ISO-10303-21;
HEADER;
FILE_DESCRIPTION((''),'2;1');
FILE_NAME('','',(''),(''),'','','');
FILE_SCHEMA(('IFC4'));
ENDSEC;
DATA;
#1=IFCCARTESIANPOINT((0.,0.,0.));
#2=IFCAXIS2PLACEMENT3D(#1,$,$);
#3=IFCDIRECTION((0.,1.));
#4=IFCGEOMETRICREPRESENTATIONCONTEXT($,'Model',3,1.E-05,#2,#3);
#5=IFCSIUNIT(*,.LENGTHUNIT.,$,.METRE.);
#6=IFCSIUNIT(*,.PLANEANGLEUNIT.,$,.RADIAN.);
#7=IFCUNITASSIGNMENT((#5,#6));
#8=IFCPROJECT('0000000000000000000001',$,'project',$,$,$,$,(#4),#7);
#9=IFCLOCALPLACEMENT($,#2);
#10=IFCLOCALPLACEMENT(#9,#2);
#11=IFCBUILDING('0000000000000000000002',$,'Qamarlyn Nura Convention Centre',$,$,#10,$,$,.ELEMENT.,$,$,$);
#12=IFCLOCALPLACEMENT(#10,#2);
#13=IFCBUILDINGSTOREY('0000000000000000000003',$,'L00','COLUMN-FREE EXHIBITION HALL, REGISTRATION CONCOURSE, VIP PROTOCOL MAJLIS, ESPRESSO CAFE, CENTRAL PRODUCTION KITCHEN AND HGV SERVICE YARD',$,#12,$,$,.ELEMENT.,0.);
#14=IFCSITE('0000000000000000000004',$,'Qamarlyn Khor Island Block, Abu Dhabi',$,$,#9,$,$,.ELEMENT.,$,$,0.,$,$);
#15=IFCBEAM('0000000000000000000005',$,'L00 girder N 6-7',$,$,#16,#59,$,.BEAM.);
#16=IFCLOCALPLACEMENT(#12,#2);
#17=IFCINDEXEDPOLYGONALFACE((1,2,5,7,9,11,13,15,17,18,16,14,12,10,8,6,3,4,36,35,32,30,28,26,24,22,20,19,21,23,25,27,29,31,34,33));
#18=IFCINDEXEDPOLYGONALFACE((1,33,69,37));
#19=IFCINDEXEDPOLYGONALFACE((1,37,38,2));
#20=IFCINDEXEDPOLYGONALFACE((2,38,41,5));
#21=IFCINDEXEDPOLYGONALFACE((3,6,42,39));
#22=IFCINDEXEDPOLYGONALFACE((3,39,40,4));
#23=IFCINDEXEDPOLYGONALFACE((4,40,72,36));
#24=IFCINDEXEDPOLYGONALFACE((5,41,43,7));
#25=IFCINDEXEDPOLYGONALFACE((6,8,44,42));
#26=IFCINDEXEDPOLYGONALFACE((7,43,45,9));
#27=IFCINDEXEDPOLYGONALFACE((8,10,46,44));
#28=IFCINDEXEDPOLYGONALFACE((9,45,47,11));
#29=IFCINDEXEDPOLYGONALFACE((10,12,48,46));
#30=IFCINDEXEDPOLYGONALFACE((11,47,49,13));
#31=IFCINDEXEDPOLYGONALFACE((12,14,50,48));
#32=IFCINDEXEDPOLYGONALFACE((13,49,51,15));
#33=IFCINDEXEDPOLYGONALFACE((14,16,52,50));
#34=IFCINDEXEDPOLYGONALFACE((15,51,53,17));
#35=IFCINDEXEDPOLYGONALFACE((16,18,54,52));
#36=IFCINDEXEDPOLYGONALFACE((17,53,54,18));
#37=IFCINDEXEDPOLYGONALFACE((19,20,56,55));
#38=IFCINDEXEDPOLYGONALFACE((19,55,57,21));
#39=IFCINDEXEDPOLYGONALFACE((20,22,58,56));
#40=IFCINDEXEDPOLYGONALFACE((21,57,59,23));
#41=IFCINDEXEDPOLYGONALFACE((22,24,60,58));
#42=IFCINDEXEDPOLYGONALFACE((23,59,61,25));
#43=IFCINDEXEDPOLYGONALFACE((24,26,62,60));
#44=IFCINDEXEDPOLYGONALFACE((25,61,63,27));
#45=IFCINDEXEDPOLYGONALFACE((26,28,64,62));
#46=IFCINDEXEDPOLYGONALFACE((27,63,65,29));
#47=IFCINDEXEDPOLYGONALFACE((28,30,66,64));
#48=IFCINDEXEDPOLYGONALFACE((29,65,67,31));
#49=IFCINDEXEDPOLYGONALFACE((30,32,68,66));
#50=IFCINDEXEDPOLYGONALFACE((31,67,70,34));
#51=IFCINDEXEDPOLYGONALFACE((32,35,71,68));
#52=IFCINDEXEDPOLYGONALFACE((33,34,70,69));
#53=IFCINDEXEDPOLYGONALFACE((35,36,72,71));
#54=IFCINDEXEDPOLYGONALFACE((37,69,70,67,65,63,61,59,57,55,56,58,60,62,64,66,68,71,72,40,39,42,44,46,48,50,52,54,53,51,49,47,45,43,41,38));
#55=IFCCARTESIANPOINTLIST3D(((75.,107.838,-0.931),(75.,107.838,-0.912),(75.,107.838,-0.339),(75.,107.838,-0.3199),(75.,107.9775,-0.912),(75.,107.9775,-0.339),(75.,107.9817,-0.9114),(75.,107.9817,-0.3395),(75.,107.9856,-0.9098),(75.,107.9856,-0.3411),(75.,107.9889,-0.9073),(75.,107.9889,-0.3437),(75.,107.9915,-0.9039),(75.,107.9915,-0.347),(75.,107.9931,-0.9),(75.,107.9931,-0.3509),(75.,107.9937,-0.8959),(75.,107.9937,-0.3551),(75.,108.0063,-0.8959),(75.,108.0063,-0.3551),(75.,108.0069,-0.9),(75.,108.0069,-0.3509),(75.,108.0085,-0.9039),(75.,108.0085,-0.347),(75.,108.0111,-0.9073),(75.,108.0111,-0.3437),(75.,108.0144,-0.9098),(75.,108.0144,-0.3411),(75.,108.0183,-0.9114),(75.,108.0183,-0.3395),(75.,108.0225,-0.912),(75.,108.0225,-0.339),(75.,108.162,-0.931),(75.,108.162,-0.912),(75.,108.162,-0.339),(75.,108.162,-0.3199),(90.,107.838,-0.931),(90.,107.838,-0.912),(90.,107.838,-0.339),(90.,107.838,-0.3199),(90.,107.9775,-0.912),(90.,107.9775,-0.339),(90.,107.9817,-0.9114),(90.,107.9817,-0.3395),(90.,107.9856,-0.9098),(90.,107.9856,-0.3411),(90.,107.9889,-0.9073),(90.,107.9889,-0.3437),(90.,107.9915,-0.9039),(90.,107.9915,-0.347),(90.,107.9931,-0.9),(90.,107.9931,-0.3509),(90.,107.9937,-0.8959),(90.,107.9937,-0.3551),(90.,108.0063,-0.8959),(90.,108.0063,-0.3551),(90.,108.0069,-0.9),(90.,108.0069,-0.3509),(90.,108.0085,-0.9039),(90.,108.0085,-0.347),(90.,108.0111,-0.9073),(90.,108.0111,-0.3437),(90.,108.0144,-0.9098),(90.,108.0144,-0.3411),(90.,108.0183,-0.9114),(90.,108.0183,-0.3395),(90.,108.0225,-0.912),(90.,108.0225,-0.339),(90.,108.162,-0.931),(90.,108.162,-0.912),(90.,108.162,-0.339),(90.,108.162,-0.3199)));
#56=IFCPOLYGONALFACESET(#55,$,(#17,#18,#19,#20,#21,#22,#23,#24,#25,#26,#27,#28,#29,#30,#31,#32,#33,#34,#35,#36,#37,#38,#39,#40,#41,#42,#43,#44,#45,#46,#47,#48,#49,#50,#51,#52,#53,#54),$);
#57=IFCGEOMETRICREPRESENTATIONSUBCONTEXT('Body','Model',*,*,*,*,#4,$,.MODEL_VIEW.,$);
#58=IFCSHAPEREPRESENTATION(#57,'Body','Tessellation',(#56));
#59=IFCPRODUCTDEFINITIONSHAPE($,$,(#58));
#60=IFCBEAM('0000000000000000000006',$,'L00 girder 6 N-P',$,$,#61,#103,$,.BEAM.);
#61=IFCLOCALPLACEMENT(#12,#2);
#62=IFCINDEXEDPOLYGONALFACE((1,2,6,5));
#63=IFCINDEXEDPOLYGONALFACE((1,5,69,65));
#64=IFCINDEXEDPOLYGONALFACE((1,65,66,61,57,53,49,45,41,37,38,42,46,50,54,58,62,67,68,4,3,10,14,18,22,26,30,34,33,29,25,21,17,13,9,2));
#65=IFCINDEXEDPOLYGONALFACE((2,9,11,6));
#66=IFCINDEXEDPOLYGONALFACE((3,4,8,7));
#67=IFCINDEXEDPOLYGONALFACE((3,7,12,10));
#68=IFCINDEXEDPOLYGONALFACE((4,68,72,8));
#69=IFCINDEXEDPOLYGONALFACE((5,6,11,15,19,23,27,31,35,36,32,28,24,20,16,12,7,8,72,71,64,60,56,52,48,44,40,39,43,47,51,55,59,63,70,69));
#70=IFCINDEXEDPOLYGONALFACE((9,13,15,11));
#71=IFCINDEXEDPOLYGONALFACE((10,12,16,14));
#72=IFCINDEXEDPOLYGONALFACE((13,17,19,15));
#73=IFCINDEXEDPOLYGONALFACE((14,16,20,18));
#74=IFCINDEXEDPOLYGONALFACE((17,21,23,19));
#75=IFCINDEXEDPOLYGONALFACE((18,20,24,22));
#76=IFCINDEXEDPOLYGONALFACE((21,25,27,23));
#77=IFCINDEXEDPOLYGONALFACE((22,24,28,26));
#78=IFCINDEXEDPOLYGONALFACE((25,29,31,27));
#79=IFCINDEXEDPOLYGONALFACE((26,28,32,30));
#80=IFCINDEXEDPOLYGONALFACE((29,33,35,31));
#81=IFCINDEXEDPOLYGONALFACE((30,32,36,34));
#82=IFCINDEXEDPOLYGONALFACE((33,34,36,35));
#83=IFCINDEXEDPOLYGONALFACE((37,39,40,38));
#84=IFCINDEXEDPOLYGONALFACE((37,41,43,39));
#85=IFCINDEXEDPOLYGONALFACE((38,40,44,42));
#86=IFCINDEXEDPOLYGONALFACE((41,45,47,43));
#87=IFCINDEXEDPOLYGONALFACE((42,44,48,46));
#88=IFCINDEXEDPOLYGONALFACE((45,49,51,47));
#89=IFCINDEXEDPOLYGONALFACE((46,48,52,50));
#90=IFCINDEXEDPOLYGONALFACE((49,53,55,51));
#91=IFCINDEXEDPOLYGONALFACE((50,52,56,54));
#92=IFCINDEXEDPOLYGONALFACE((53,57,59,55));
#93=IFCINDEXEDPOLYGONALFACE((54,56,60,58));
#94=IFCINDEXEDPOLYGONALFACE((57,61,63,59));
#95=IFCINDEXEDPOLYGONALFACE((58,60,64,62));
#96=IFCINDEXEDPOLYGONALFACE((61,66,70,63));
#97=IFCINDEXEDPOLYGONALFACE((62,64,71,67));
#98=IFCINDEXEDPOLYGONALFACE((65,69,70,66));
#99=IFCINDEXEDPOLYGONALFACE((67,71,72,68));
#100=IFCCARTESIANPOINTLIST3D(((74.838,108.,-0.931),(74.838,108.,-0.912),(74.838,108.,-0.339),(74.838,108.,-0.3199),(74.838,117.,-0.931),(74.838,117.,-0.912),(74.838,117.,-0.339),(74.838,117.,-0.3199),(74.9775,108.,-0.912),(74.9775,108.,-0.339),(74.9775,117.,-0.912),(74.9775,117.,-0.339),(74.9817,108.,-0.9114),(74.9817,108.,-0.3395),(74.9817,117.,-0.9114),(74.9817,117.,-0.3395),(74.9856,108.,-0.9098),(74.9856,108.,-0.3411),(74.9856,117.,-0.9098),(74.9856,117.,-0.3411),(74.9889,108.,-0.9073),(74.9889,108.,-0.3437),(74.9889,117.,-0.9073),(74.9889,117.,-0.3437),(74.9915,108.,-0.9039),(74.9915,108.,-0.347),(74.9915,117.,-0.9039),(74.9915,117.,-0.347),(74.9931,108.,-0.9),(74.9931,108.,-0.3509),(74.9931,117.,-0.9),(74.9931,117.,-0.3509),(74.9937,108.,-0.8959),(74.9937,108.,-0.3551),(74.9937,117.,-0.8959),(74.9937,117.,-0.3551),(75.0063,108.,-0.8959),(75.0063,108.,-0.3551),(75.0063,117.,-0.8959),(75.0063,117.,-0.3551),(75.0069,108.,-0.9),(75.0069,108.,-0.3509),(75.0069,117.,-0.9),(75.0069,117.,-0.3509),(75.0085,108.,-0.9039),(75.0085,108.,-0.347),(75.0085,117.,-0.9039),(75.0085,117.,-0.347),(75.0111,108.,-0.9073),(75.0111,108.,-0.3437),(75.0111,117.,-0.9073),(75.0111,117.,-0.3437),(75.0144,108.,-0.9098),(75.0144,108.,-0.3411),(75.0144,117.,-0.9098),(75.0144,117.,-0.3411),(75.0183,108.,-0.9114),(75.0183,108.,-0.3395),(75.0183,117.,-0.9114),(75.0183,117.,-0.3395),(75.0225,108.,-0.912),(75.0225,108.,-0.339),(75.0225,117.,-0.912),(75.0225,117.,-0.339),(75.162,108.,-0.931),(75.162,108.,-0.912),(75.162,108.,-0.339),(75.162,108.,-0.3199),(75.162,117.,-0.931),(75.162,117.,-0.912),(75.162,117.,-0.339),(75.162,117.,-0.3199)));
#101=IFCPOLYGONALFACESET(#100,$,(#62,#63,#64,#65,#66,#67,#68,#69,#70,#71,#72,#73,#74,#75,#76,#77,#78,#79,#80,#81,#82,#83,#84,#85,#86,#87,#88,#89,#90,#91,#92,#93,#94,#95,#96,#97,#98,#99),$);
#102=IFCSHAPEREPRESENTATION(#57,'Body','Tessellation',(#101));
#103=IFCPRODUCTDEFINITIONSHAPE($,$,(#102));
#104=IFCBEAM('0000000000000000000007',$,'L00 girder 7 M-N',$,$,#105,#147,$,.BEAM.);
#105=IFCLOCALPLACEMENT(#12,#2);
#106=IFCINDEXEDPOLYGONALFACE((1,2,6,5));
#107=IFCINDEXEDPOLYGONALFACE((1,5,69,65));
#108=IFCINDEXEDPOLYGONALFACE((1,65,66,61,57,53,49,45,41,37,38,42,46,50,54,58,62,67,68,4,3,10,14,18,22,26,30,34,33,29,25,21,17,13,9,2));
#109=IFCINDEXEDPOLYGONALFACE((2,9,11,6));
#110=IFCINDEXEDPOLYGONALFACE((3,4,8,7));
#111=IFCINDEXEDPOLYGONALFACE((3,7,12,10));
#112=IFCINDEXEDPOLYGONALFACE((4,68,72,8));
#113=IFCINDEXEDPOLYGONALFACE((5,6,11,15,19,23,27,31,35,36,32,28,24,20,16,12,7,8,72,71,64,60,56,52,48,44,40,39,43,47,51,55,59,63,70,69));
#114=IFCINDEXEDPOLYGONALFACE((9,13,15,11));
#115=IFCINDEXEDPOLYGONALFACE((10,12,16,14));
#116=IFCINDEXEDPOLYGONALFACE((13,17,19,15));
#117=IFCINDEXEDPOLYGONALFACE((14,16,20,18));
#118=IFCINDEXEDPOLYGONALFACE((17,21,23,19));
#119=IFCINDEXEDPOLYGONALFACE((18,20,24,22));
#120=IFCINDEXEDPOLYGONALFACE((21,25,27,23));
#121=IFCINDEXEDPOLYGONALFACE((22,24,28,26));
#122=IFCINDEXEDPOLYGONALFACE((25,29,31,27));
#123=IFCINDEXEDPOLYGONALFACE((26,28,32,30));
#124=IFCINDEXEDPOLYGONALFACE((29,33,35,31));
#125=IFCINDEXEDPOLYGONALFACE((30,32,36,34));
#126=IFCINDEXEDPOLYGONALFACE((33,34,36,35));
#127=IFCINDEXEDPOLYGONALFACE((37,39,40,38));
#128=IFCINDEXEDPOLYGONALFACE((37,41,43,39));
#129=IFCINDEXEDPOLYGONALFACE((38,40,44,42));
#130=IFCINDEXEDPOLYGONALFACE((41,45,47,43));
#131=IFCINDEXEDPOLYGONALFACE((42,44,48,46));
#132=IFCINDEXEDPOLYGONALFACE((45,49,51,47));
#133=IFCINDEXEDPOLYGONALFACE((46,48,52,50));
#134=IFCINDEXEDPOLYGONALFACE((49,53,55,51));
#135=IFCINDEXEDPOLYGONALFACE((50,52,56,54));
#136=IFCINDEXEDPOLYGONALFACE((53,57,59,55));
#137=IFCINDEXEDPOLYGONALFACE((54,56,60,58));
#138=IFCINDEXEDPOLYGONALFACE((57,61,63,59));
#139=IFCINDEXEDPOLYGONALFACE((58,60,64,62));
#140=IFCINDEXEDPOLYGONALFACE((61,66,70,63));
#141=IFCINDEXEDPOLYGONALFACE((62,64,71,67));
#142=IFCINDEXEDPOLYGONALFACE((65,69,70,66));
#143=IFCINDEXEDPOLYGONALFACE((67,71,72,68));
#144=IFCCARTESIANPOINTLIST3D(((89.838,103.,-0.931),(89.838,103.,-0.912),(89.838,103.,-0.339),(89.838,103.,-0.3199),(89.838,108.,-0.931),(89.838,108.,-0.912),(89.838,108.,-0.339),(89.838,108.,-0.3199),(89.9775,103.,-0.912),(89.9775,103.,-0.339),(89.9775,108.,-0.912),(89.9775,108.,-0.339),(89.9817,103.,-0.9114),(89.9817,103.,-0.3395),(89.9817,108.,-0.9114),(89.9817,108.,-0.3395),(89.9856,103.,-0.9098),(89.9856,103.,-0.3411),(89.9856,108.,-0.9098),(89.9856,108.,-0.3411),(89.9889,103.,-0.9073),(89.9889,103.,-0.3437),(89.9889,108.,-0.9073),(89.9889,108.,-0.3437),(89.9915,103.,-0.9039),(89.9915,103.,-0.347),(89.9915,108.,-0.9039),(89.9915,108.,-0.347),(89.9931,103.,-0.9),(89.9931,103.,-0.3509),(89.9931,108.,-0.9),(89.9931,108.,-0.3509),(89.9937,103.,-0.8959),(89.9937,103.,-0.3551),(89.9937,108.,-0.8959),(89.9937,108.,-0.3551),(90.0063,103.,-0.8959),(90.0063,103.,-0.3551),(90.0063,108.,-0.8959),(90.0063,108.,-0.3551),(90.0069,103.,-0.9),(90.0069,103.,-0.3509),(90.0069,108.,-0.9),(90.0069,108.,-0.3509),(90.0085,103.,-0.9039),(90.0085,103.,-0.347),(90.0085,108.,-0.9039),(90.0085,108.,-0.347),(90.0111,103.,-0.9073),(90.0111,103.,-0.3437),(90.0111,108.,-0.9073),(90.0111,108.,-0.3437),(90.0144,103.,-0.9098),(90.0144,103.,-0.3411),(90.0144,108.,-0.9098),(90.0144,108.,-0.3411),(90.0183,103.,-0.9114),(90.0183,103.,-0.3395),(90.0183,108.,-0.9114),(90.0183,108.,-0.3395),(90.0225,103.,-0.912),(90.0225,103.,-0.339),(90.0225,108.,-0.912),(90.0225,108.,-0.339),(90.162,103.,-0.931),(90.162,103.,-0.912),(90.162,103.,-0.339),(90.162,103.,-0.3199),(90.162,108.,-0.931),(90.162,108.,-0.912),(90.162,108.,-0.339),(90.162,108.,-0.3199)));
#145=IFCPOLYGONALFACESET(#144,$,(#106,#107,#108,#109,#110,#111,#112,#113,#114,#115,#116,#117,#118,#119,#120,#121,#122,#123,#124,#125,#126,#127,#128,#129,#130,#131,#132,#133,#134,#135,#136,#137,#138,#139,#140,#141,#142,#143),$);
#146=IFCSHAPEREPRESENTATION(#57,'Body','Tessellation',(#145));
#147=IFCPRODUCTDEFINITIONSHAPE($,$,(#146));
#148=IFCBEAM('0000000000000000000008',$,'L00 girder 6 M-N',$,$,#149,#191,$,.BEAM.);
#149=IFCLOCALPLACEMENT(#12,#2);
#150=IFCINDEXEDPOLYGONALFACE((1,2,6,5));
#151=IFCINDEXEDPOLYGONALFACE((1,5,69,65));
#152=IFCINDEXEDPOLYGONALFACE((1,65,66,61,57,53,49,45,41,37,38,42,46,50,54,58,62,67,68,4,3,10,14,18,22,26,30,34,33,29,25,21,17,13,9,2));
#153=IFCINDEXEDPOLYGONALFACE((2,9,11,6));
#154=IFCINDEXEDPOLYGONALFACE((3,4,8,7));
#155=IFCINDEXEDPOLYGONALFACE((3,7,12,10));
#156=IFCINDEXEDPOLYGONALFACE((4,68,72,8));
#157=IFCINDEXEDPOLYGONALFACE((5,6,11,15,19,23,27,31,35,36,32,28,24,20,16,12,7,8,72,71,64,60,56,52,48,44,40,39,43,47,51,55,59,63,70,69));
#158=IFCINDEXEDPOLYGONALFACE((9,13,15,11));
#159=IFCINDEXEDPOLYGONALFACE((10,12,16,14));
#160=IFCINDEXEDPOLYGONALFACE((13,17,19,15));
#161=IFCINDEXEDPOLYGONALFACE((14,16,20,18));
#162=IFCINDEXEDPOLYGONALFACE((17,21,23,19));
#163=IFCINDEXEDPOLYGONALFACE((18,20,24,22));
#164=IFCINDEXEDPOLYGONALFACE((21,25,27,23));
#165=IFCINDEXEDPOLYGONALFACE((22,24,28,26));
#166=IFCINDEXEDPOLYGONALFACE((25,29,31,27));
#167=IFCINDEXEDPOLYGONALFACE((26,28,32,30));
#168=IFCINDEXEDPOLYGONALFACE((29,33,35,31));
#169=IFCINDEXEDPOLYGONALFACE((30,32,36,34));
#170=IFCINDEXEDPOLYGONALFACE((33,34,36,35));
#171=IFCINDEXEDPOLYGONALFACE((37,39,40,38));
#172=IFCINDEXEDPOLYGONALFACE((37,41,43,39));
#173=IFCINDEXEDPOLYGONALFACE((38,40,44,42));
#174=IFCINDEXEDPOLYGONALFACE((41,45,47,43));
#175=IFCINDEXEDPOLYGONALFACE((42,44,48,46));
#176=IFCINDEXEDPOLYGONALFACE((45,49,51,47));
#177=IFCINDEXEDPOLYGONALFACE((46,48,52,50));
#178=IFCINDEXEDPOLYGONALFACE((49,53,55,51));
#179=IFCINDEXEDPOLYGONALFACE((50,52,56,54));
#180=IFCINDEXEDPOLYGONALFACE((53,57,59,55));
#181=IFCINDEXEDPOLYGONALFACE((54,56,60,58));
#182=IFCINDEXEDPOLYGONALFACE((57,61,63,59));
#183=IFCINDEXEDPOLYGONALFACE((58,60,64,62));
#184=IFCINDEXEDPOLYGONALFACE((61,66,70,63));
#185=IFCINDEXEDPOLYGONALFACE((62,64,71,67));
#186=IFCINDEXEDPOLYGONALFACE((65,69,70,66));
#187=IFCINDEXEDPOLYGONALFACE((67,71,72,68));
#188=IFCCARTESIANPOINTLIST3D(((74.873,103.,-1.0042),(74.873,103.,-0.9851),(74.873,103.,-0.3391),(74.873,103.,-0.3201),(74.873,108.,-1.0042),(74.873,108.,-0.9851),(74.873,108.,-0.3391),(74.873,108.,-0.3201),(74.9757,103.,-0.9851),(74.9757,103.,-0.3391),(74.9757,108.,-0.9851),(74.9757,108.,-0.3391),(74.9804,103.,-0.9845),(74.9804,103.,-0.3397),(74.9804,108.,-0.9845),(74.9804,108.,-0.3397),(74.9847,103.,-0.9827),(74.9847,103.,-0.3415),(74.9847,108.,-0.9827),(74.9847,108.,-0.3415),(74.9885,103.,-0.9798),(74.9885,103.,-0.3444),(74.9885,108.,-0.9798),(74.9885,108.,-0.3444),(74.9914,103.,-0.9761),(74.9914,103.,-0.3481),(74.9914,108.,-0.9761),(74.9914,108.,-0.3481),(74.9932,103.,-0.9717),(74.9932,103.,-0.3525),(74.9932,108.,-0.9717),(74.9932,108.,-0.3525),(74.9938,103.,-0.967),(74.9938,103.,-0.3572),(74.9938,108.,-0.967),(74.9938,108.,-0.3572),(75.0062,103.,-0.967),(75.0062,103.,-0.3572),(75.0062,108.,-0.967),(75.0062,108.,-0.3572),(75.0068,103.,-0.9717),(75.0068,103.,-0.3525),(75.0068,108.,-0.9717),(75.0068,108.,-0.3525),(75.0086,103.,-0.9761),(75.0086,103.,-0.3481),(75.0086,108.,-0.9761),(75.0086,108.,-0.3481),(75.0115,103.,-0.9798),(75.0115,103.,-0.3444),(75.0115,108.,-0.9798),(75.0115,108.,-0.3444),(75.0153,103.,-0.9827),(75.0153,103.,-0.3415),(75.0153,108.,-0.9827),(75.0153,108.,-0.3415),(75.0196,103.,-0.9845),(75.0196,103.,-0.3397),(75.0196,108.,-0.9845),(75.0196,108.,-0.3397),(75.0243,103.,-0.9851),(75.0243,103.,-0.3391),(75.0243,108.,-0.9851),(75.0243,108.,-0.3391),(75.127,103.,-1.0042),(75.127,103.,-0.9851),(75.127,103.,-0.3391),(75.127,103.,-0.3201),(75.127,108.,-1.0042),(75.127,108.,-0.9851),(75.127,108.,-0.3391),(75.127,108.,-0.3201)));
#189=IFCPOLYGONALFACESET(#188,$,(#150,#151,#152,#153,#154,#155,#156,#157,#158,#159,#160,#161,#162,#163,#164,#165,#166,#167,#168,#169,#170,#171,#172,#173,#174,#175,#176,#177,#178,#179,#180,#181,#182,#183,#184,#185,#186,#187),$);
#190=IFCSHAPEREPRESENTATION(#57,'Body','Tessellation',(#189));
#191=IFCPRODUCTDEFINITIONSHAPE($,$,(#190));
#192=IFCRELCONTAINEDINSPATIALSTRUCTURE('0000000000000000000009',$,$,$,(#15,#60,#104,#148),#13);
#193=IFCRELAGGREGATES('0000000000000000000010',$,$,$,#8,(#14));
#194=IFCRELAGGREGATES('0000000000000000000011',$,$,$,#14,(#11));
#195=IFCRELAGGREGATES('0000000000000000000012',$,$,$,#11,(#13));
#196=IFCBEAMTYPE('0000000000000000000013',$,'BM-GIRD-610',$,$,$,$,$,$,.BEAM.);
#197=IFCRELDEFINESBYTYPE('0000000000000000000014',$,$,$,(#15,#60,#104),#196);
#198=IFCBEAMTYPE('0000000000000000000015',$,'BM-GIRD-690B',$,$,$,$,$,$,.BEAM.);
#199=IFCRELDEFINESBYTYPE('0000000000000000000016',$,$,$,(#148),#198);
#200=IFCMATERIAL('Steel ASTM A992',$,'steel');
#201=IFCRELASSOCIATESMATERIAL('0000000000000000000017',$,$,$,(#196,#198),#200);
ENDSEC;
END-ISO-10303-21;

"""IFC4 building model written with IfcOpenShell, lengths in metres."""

from ifc_helpers import new_model, si_unit, direction, frame, origin, origin_2d, place, context, subcontext, project, spatial, i_section, extrude, material, material_profile, profile_set, type_object, element, save


model = new_model("IFC4")

# Units and contexts
model_context = context("Model", 3, precision=1e-05, world=origin(), true_north=direction((0.0, 1.0)))
body_context = subcontext(model_context, "Body", "Model", "MODEL_VIEW")
ifc_project = project(units=[si_unit("LENGTHUNIT", "METRE"), si_unit("PLANEANGLEUNIT", "RADIAN")], contexts=[model_context])

# Site, building, storey
site_placement = place(None, origin())
site = spatial("IfcSite", under=ifc_project, at=site_placement, Name="Qamarlyn Khor Island Block, Abu Dhabi", CompositionType="ELEMENT", RefElevation=0.0)
building_placement = place(site_placement, origin())
building = spatial("IfcBuilding", under=site, at=building_placement, Name="Qamarlyn Nura Convention Centre", CompositionType="ELEMENT")
storey_placement = place(building_placement, origin())
storey = spatial("IfcBuildingStorey", under=building, at=storey_placement, Name="L00", Description="COLUMN-FREE EXHIBITION HALL, REGISTRATION CONCOURSE, VIP PROTOCOL MAJLIS, ESPRESSO CAFE, CENTRAL PRODUCTION KITCHEN AND HGV SERVICE YARD", CompositionType="ELEMENT", Elevation=0.0)

# Shared definitions
ifc_material_1 = material(Name="Steel ASTM A992", Category="steel")

# Beams
ifc_material_profile_1 = material_profile(ifc_material_1, i_section(OverallWidth=0.324, OverallDepth=0.6111, WebThickness=0.0127, FlangeThickness=0.019, FilletRadius=0.0161, at=origin_2d()), Name="W610X155")
ifc_profile_set_1 = profile_set([ifc_material_profile_1], Name="Steel ASTM A992")
beam_type_1 = type_object("IfcBeamType", Name="BM-GIRD-610", PredefinedType="BEAM", material=ifc_profile_set_1)
beam_1_placement = place(storey_placement, frame((75.0, 108.0, -0.6255), z_axis=(1.0, 0.0, 0.0), x_axis=(0.0, 1.0, 0.0)))
element("IfcBeam", 1, at=beam_1_placement, inside=storey, type_object=beam_type_1, Name="L00 girder N 6-7", PredefinedType="BEAM", context=body_context, shape_type="SweptSolid", body=[
    extrude(i_section(OverallWidth=0.324, OverallDepth=0.6111, WebThickness=0.0127, FlangeThickness=0.019, FilletRadius=0.0161, at=origin_2d()), origin(), (0.0, 0.0, 1.0), 15.0),
])
beam_2_placement = place(storey_placement, frame((75.0, 108.0, -0.6255), z_axis=(0.0, 1.0, 0.0), x_axis=(-1.0, 0.0, 0.0)))
element("IfcBeam", 2, at=beam_2_placement, inside=storey, type_object=beam_type_1, Name="L00 girder 6 N-P", PredefinedType="BEAM", context=body_context, shape_type="SweptSolid", body=[
    extrude(i_section(OverallWidth=0.324, OverallDepth=0.6111, WebThickness=0.0127, FlangeThickness=0.019, FilletRadius=0.0161, at=origin_2d()), origin(), (0.0, 0.0, 1.0), 9.0),
])
beam_3_placement = place(storey_placement, frame((90.0, 103.0, -0.6255), z_axis=(0.0, 1.0, 0.0), x_axis=(-1.0, 0.0, 0.0)))
element("IfcBeam", 3, at=beam_3_placement, inside=storey, type_object=beam_type_1, Name="L00 girder 7 M-N", PredefinedType="BEAM", context=body_context, shape_type="SweptSolid", body=[
    extrude(i_section(OverallWidth=0.324, OverallDepth=0.6111, WebThickness=0.0127, FlangeThickness=0.019, FilletRadius=0.0161, at=origin_2d()), origin(), (0.0, 0.0, 1.0), 5.0),
])
ifc_material_profile_2 = material_profile(ifc_material_1, i_section(OverallWidth=0.2539, OverallDepth=0.6841, WebThickness=0.0125, FlangeThickness=0.019, FilletRadius=0.0181, at=origin_2d()), Name="W690X140")
ifc_profile_set_2 = profile_set([ifc_material_profile_2], Name="Steel ASTM A992")
beam_type_2 = type_object("IfcBeamType", Name="BM-GIRD-690B", PredefinedType="BEAM", material=ifc_profile_set_2)
beam_4_placement = place(storey_placement, frame((75.0, 103.0, -0.6621), z_axis=(0.0, 1.0, 0.0), x_axis=(-1.0, 0.0, 0.0)))
element("IfcBeam", 4, at=beam_4_placement, inside=storey, type_object=beam_type_2, Name="L00 girder 6 M-N", PredefinedType="BEAM", context=body_context, shape_type="SweptSolid", body=[
    extrude(i_section(OverallWidth=0.2539, OverallDepth=0.6841, WebThickness=0.0125, FlangeThickness=0.019, FilletRadius=0.0181, at=origin_2d()), origin(), (0.0, 0.0, 1.0), 5.0),
])

save(model, "model.ifc")
